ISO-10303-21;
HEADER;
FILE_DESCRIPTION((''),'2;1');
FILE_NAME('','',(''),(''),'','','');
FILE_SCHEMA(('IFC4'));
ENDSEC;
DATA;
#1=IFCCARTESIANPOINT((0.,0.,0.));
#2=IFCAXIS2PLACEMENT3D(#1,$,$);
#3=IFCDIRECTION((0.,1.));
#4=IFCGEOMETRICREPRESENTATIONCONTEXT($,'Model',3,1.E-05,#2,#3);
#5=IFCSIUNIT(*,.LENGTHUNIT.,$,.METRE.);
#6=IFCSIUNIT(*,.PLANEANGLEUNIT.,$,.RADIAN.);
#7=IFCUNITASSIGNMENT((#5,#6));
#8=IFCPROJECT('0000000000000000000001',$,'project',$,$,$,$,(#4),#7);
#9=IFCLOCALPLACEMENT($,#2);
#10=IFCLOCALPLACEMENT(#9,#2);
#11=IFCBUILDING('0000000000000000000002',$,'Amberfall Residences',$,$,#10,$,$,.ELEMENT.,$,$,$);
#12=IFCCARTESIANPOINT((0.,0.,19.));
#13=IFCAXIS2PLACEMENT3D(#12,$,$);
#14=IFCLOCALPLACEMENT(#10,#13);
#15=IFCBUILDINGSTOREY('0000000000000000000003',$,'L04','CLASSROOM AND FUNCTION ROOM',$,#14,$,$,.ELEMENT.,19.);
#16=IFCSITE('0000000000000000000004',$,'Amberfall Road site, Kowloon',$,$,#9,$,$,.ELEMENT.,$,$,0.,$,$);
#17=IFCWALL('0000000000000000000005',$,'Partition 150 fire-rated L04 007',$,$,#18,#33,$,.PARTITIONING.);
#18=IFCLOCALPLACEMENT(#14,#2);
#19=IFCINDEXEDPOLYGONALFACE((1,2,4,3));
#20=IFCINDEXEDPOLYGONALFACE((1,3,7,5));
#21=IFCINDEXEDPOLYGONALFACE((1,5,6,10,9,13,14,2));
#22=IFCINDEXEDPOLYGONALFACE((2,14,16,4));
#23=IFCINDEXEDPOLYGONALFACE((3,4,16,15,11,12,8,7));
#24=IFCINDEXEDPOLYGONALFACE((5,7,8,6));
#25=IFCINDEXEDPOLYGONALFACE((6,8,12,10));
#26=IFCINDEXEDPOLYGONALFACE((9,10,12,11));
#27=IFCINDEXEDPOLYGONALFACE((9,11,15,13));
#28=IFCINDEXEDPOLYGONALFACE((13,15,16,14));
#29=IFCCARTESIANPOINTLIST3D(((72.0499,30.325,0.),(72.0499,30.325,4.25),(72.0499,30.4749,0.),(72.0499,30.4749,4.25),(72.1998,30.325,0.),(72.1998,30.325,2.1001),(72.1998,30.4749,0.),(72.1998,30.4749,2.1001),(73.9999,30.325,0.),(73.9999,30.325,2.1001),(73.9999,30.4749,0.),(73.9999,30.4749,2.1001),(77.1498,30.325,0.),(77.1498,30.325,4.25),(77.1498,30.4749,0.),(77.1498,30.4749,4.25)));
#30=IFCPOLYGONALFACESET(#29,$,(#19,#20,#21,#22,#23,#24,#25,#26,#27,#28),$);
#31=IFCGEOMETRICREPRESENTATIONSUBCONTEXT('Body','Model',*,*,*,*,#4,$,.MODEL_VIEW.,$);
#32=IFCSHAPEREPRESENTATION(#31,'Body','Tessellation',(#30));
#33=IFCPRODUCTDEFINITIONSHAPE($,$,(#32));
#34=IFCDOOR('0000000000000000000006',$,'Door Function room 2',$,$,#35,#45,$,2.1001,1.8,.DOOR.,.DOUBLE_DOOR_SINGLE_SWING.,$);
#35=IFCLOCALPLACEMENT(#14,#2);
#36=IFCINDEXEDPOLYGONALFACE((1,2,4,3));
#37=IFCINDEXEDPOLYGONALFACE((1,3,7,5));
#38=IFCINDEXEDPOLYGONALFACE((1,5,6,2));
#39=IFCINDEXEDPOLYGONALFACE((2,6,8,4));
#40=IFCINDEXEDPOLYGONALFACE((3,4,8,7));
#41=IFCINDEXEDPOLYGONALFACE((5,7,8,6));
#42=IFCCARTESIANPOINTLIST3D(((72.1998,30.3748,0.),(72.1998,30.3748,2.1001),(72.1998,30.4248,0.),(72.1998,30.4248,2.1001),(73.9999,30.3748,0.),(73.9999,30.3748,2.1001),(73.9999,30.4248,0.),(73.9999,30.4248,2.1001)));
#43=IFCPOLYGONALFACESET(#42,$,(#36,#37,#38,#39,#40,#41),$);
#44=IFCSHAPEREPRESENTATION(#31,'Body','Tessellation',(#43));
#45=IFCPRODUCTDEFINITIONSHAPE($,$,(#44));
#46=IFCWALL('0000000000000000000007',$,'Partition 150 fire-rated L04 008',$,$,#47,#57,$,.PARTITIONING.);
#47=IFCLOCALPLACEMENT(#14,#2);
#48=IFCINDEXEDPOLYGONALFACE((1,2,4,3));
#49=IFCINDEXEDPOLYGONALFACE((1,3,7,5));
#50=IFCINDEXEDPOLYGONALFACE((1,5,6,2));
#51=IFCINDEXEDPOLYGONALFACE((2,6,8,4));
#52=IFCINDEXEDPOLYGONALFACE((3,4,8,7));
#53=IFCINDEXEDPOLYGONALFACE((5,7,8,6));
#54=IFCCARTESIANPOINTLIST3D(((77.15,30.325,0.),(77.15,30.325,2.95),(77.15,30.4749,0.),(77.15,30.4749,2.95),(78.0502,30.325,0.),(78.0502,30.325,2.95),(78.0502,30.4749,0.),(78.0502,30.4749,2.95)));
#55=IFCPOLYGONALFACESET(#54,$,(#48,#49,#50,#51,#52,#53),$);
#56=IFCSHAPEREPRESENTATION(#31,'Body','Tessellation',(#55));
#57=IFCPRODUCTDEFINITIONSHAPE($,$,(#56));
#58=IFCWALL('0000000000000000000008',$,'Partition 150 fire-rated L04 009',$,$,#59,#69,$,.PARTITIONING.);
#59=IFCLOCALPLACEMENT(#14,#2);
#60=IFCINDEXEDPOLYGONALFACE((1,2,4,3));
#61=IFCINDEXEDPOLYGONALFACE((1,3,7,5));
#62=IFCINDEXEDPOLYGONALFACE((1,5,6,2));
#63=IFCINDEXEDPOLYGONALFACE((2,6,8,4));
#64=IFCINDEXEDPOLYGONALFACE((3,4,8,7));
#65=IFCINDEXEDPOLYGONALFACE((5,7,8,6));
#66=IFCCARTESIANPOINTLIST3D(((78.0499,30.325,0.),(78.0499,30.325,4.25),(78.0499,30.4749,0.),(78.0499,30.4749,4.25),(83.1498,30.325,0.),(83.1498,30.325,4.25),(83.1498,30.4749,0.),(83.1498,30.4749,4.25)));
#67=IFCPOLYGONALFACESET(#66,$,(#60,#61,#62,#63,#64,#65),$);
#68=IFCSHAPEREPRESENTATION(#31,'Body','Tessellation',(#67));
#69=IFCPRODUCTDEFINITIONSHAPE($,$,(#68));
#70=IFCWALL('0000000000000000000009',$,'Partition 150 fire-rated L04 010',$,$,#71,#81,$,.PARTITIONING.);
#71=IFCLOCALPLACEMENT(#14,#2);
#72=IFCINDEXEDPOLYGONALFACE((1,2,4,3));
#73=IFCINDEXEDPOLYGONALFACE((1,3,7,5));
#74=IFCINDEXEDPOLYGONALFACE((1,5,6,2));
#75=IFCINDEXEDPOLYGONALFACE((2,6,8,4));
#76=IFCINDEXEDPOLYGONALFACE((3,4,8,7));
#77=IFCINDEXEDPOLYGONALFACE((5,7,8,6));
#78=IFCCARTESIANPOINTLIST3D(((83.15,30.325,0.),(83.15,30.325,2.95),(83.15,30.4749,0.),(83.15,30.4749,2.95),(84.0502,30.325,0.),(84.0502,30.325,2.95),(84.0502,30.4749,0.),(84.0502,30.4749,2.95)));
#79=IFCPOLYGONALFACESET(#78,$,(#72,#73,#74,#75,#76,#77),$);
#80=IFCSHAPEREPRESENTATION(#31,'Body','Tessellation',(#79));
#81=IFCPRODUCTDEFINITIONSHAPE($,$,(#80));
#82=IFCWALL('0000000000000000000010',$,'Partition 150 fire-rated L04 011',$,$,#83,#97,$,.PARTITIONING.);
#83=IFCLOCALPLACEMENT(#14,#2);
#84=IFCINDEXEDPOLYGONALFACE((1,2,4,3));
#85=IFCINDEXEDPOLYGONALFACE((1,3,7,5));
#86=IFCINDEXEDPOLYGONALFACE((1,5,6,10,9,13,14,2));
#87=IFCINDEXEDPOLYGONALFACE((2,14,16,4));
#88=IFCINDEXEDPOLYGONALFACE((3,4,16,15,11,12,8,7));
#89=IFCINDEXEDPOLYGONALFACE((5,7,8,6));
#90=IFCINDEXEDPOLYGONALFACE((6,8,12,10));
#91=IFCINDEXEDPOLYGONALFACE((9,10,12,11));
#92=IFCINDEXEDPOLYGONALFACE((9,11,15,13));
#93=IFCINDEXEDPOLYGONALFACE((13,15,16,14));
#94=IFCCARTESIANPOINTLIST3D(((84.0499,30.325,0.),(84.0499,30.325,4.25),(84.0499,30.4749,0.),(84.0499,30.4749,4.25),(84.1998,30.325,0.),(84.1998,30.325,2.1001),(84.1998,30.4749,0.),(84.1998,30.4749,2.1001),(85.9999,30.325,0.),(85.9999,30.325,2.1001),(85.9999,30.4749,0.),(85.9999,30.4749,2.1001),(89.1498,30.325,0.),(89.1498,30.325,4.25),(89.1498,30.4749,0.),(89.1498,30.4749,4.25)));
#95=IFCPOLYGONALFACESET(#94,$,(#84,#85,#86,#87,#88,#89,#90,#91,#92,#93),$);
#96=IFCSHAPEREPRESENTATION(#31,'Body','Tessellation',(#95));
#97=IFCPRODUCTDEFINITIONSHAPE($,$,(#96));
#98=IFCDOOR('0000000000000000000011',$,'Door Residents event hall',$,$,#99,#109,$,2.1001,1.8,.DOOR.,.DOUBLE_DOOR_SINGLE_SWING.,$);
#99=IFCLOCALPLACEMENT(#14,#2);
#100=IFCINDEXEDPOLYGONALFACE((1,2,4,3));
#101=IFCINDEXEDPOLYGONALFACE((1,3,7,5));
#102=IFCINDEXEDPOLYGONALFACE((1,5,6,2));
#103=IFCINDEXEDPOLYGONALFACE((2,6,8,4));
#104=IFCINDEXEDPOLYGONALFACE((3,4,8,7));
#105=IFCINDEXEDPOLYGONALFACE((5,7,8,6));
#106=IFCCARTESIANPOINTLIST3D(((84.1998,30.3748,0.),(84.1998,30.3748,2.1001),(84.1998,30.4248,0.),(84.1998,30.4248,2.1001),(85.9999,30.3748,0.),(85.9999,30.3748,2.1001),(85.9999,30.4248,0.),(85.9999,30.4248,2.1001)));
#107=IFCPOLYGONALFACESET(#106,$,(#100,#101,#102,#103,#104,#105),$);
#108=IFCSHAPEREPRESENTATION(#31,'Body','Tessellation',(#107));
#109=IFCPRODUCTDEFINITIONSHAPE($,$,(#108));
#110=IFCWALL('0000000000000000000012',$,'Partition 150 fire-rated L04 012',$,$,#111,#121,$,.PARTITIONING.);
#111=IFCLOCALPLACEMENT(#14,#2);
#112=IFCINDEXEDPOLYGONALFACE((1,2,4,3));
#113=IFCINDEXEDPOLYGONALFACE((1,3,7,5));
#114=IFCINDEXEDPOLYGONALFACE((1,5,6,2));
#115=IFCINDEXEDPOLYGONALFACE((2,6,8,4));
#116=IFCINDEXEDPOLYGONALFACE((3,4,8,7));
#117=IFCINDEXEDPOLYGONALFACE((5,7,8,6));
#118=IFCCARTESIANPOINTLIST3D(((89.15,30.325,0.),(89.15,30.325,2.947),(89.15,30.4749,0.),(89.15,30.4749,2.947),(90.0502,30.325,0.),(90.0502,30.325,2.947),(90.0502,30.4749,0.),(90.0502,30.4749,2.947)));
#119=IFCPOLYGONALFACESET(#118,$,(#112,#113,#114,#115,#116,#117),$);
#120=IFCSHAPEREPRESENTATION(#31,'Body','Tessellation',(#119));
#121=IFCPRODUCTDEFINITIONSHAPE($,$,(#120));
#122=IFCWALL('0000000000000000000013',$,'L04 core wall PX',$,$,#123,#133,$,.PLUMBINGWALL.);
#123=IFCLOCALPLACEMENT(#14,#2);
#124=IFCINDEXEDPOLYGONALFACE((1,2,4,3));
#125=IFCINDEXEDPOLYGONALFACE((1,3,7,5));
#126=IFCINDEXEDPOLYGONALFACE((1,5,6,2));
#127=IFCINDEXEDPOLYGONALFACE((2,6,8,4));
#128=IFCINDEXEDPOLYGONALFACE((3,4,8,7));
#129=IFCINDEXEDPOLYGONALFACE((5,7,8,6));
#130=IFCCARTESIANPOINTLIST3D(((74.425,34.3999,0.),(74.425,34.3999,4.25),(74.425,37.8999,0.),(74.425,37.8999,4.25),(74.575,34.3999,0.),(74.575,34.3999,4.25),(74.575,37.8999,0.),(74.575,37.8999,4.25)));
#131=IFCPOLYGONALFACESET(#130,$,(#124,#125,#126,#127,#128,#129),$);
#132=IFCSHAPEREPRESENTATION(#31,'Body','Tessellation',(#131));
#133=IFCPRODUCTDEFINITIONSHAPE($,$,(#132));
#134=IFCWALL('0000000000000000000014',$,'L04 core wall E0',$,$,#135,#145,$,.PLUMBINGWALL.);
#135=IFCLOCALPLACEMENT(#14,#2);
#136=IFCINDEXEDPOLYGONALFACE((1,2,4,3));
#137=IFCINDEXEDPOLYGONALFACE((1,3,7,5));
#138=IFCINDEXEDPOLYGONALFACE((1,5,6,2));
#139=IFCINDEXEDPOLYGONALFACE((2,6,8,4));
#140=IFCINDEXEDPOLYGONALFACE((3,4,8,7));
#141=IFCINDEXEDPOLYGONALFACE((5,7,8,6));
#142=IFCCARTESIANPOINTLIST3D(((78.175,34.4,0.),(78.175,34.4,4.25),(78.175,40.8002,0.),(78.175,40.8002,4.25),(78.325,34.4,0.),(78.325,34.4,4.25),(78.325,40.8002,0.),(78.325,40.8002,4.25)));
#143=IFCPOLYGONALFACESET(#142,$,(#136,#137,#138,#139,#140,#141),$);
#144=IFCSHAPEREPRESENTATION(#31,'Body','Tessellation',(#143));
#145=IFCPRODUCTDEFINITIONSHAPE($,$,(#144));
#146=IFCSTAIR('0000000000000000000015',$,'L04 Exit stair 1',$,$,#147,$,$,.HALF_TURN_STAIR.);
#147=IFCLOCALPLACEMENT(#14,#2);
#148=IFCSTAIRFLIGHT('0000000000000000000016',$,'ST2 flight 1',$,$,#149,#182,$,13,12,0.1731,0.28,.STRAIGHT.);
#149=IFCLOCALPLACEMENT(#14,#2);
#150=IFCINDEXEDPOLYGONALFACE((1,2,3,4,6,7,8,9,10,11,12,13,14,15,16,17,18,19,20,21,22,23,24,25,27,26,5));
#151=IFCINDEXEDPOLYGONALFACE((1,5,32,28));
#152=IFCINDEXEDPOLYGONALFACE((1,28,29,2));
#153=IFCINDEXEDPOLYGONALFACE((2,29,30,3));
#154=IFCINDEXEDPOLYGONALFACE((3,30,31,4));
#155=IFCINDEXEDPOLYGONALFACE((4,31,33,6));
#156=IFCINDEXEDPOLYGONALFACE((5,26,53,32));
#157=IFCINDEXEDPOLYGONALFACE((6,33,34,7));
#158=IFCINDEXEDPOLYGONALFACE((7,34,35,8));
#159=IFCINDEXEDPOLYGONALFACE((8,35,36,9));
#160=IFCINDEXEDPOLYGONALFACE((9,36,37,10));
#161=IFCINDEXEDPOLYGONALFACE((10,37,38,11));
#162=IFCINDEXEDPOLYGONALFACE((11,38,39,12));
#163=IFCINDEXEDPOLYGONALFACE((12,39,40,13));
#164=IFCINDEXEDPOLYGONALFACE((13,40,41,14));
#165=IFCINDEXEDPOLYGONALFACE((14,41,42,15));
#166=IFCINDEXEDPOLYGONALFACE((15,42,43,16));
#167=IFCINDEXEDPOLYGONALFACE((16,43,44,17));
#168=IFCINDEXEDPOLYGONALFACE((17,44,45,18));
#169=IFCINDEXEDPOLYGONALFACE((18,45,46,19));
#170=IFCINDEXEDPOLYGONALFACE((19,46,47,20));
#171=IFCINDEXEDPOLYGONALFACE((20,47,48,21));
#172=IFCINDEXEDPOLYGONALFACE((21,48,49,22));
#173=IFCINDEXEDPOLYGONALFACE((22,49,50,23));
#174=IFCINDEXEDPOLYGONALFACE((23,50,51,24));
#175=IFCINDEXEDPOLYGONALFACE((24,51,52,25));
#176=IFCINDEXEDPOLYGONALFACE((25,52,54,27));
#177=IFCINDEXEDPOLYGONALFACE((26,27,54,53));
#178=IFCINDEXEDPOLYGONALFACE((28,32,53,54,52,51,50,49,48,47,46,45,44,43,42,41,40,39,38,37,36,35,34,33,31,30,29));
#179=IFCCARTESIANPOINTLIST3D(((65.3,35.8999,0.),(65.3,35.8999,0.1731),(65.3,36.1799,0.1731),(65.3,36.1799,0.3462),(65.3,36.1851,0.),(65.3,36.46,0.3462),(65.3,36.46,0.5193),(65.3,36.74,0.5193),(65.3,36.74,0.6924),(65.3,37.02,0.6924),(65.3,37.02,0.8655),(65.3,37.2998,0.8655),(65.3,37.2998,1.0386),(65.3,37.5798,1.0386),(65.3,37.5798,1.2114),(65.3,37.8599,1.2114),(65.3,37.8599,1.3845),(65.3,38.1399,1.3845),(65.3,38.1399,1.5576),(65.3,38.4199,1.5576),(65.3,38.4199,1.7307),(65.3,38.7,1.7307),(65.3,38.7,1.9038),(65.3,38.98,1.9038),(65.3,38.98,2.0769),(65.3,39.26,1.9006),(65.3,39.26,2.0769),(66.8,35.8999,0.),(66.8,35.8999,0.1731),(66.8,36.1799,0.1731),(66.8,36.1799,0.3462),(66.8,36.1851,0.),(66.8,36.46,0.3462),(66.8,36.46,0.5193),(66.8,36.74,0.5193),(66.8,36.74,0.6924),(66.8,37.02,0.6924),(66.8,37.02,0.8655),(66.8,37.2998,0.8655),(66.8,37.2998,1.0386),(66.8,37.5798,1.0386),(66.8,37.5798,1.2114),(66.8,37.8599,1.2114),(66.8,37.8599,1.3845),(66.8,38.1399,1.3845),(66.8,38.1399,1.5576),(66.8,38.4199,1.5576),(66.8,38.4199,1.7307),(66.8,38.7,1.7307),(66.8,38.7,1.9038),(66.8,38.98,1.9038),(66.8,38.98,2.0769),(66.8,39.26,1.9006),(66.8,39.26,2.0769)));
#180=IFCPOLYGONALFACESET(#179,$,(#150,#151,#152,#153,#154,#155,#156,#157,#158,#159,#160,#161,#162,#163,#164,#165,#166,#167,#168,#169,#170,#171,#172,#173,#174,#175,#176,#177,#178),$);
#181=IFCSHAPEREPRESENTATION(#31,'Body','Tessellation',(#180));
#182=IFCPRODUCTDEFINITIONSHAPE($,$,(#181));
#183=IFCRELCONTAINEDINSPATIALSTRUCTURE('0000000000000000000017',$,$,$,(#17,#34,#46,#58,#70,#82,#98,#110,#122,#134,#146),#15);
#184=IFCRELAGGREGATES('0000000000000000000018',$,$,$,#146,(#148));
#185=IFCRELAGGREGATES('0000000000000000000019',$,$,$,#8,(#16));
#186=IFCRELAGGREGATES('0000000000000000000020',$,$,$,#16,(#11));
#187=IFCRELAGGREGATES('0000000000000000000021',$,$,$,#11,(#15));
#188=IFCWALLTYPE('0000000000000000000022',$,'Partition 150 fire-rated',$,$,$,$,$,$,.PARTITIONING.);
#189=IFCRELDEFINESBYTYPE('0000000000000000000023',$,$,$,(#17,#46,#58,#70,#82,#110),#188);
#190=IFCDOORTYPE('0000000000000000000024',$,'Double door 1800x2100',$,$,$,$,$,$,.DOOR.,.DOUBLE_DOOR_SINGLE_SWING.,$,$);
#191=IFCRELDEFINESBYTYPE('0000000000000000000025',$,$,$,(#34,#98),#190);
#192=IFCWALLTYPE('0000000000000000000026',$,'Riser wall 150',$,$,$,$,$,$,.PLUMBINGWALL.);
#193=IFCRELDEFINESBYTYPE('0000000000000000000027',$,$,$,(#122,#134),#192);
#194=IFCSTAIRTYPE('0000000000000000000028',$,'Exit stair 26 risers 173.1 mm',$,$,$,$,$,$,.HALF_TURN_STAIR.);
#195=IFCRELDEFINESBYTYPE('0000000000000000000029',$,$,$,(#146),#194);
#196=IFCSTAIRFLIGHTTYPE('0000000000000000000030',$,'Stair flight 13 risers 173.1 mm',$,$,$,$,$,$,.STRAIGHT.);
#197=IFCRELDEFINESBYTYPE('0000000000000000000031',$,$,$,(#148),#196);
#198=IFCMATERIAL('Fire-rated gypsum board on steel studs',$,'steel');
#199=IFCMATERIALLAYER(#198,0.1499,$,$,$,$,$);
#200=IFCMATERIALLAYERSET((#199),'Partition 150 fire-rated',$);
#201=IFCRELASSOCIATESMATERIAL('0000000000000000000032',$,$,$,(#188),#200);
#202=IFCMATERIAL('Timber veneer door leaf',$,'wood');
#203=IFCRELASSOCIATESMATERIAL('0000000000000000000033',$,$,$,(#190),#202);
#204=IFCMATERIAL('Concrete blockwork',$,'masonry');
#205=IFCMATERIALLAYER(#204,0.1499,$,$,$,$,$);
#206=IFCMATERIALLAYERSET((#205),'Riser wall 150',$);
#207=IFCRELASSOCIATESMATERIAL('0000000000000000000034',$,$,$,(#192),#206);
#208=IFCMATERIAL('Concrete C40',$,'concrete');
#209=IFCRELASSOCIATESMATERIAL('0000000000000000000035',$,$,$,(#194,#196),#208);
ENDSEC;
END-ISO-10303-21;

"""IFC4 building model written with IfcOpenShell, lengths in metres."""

from ifc_helpers import new_model, si_unit, direction, frame, frame_2d, origin, place, context, subcontext, project, spatial, polyline, rectangle, outline, extrude, material, layer, layer_set, type_object, element, fill, aggregate, save


model = new_model("IFC4")

# Units and contexts
model_context = context("Model", 3, precision=1e-05, world=origin(), true_north=direction((0.0, 1.0)))
body_context = subcontext(model_context, "Body", "Model", "MODEL_VIEW")
ifc_project = project(units=[si_unit("LENGTHUNIT", "METRE"), si_unit("PLANEANGLEUNIT", "RADIAN")], contexts=[model_context])

# Site, building, storey
site_placement = place(None, origin())
site = spatial("IfcSite", under=ifc_project, at=site_placement, Name="Amberfall Road site, Kowloon", CompositionType="ELEMENT", RefElevation=0.0)
building_placement = place(site_placement, origin())
building = spatial("IfcBuilding", under=site, at=building_placement, Name="Amberfall Residences", CompositionType="ELEMENT")
storey_placement = place(building_placement, frame((0.0, 0.0, 19.0)))
storey = spatial("IfcBuildingStorey", under=building, at=storey_placement, Name="L04", Description="CLASSROOM AND FUNCTION ROOM", CompositionType="ELEMENT", Elevation=19.0)

# Shared definitions
ifc_material_1 = material(Name="Fire-rated gypsum board on steel studs", Category="steel")
ifc_layer_1 = layer(ifc_material_1, 0.1499)
ifc_layer_set_1 = layer_set([ifc_layer_1], Name="Partition 150 fire-rated")
wall_type_1 = type_object("IfcWallType", Name="Partition 150 fire-rated", PredefinedType="PARTITIONING", material=ifc_layer_set_1)

# Wall, opening, door
wall_1_placement = place(storey_placement, frame((72.05, 30.3999, 0.0), z_axis=(0.0, 0.0, 1.0), x_axis=(1.0, 0.0, 0.0)))
wall_1 = element("IfcWall", 1, at=wall_1_placement, inside=storey, type_object=wall_type_1, Name="Partition 150 fire-rated L04 007", PredefinedType="PARTITIONING", context=body_context, shape_type="SweptSolid", body=[
    extrude(rectangle(XDim=5.0999, YDim=0.1499, at=frame_2d((2.5498, 0.0))), origin(), (0.0, 0.0, 1.0), 4.25),
])
opening_1_placement = place(wall_1_placement, frame((0.1499, 0.0, 0.0)))
opening_1 = element("IfcOpeningElement", 2, at=opening_1_placement, cuts=wall_1, PredefinedType="OPENING", context=body_context, shape_type="SweptSolid", body=[
    extrude(rectangle(XDim=1.8, YDim=2.1001, at=frame_2d((0.8999, 1.05))), frame((0.0, 0.085, 0.0), z_axis=(0.0, -1.0, 0.0), x_axis=(1.0, 0.0, 0.0)), (0.0, 0.0, 1.0), 0.1699),
])
ifc_material_2 = material(Name="Timber veneer door leaf", Category="wood")
door_type_1 = type_object("IfcDoorType", Name="Double door 1800x2100", OperationType="DOUBLE_DOOR_SINGLE_SWING", PredefinedType="DOOR", material=ifc_material_2)
door_1_placement = place(opening_1_placement, origin())
door_1 = element("IfcDoor", 3, at=door_1_placement, inside=storey, type_object=door_type_1, Name="Door Function room 2", OperationType="DOUBLE_DOOR_SINGLE_SWING", OverallHeight=2.1001, OverallWidth=1.8, PredefinedType="DOOR", context=body_context, shape_type="SweptSolid", body=[
    extrude(rectangle(XDim=1.8, YDim=2.1001, at=frame_2d((0.8999, 1.05))), frame((0.0, 0.0249, 0.0), z_axis=(0.0, -1.0, 0.0), x_axis=(1.0, 0.0, 0.0)), (0.0, 0.0, 1.0), 0.05),
])
fill(opening_1, door_1)

# Walls
wall_2_placement = place(storey_placement, frame((77.1499, 30.3999, 0.0), z_axis=(0.0, 0.0, 1.0), x_axis=(1.0, 0.0, 0.0)))
element("IfcWall", 4, at=wall_2_placement, inside=storey, type_object=wall_type_1, Name="Partition 150 fire-rated L04 008", PredefinedType="PARTITIONING", context=body_context, shape_type="SweptSolid", body=[
    extrude(rectangle(XDim=0.9001, YDim=0.1499, at=frame_2d((0.4502, 0.0))), origin(), (0.0, 0.0, 1.0), 2.95),
])
wall_3_placement = place(storey_placement, frame((78.05, 30.3999, 0.0), z_axis=(0.0, 0.0, 1.0), x_axis=(1.0, 0.0, 0.0)))
element("IfcWall", 5, at=wall_3_placement, inside=storey, type_object=wall_type_1, Name="Partition 150 fire-rated L04 009", PredefinedType="PARTITIONING", context=body_context, shape_type="SweptSolid", body=[
    extrude(rectangle(XDim=5.0999, YDim=0.1499, at=frame_2d((2.5498, 0.0))), origin(), (0.0, 0.0, 1.0), 4.25),
])
wall_4_placement = place(storey_placement, frame((83.1499, 30.3999, 0.0), z_axis=(0.0, 0.0, 1.0), x_axis=(1.0, 0.0, 0.0)))
element("IfcWall", 6, at=wall_4_placement, inside=storey, type_object=wall_type_1, Name="Partition 150 fire-rated L04 010", PredefinedType="PARTITIONING", context=body_context, shape_type="SweptSolid", body=[
    extrude(rectangle(XDim=0.9001, YDim=0.1499, at=frame_2d((0.4502, 0.0))), origin(), (0.0, 0.0, 1.0), 2.95),
])

# Wall, opening, door
wall_5_placement = place(storey_placement, frame((84.05, 30.3999, 0.0), z_axis=(0.0, 0.0, 1.0), x_axis=(1.0, 0.0, 0.0)))
wall_5 = element("IfcWall", 7, at=wall_5_placement, inside=storey, type_object=wall_type_1, Name="Partition 150 fire-rated L04 011", PredefinedType="PARTITIONING", context=body_context, shape_type="SweptSolid", body=[
    extrude(rectangle(XDim=5.0999, YDim=0.1499, at=frame_2d((2.5498, 0.0))), origin(), (0.0, 0.0, 1.0), 4.25),
])
opening_2_placement = place(wall_5_placement, frame((0.1499, 0.0, 0.0)))
opening_2 = element("IfcOpeningElement", 8, at=opening_2_placement, cuts=wall_5, PredefinedType="OPENING", context=body_context, shape_type="SweptSolid", body=[
    extrude(rectangle(XDim=1.8, YDim=2.1001, at=frame_2d((0.8999, 1.05))), frame((0.0, 0.085, 0.0), z_axis=(0.0, -1.0, 0.0), x_axis=(1.0, 0.0, 0.0)), (0.0, 0.0, 1.0), 0.1699),
])
door_2_placement = place(opening_2_placement, origin())
door_2 = element("IfcDoor", 9, at=door_2_placement, inside=storey, type_object=door_type_1, Name="Door Residents event hall", OperationType="DOUBLE_DOOR_SINGLE_SWING", OverallHeight=2.1001, OverallWidth=1.8, PredefinedType="DOOR", context=body_context, shape_type="SweptSolid", body=[
    extrude(rectangle(XDim=1.8, YDim=2.1001, at=frame_2d((0.8999, 1.05))), frame((0.0, 0.0249, 0.0), z_axis=(0.0, -1.0, 0.0), x_axis=(1.0, 0.0, 0.0)), (0.0, 0.0, 1.0), 0.05),
])
fill(opening_2, door_2)

# Walls
wall_6_placement = place(storey_placement, frame((89.1499, 30.3999, 0.0), z_axis=(0.0, 0.0, 1.0), x_axis=(1.0, 0.0, 0.0)))
element("IfcWall", 10, at=wall_6_placement, inside=storey, type_object=wall_type_1, Name="Partition 150 fire-rated L04 012", PredefinedType="PARTITIONING", context=body_context, shape_type="SweptSolid", body=[
    extrude(rectangle(XDim=0.9001, YDim=0.1499, at=frame_2d((0.4502, 0.0))), origin(), (0.0, 0.0, 1.0), 2.947),
])
ifc_material_3 = material(Name="Concrete blockwork", Category="masonry")
ifc_layer_2 = layer(ifc_material_3, 0.1499)
ifc_layer_set_2 = layer_set([ifc_layer_2], Name="Riser wall 150")
wall_type_2 = type_object("IfcWallType", Name="Riser wall 150", PredefinedType="PLUMBINGWALL", material=ifc_layer_set_2)
wall_7_placement = place(storey_placement, frame((74.5, 34.3999, 0.0), z_axis=(0.0, 0.0, 1.0), x_axis=(0.0, 1.0, 0.0)))
element("IfcWall", 11, at=wall_7_placement, inside=storey, type_object=wall_type_2, Name="L04 core wall PX", PredefinedType="PLUMBINGWALL", context=body_context, shape_type="SweptSolid", body=[
    extrude(rectangle(XDim=3.5, YDim=0.1499, at=frame_2d((1.75, 0.0))), origin(), (0.0, 0.0, 1.0), 4.25),
])
wall_8_placement = place(storey_placement, frame((78.25, 34.3999, 0.0), z_axis=(0.0, 0.0, 1.0), x_axis=(0.0, 1.0, 0.0)))
element("IfcWall", 12, at=wall_8_placement, inside=storey, type_object=wall_type_2, Name="L04 core wall E0", PredefinedType="PLUMBINGWALL", context=body_context, shape_type="SweptSolid", body=[
    extrude(rectangle(XDim=6.4001, YDim=0.1499, at=frame_2d((3.2002, 0.0))), origin(), (0.0, 0.0, 1.0), 4.25),
])

# Stair, stair flight
ifc_material_4 = material(Name="Concrete C40", Category="concrete")
stair_type = type_object("IfcStairType", Name="Exit stair 26 risers 173.1 mm", PredefinedType="HALF_TURN_STAIR", material=ifc_material_4)
stair_1_placement = place(storey_placement, origin())
stair_1 = element("IfcStair", 13, at=stair_1_placement, inside=storey, type_object=stair_type, Name="L04 Exit stair 1", PredefinedType="HALF_TURN_STAIR")
stair_flight_type = type_object("IfcStairFlightType", Name="Stair flight 13 risers 173.1 mm", PredefinedType="STRAIGHT", material=ifc_material_4)
stair_flight_1_placement = place(storey_placement, frame((66.05, 35.8999, 0.0), z_axis=(0.0, 0.0, 1.0), x_axis=(0.0, 1.0, 0.0)))
stair_flight_1 = element("IfcStairFlight", 14, at=stair_flight_1_placement, type_object=stair_flight_type, Name="ST2 flight 1", NumberOfRisers=13, NumberOfTreads=12, PredefinedType="STRAIGHT", RiserHeight=0.1731, TreadLength=0.28, context=body_context, shape_type="SweptSolid", body=[
    extrude(outline(polyline([(0.0, 0.0), (0.0, 0.1731), (0.28, 0.1731), (0.28, 0.3462), (0.5601, 0.3462), (0.5601, 0.5193), (0.8401, 0.5193), (0.8401, 0.6924), (1.1201, 0.6924), (1.1201, 0.8655), (1.3999, 0.8655), (1.3999, 1.0386), (1.6799, 1.0386), (1.6799, 1.2114), (1.96, 1.2114), (1.96, 1.3845), (2.24, 1.3845), (2.24, 1.5576), (2.52, 1.5576), (2.52, 1.7307), (2.8, 1.7307), (2.8, 1.9038), (3.0801, 1.9038), (3.0801, 2.0769), (3.3601, 2.0769), (3.3601, 2.25), (3.3601, 1.9006), (0.2852, 0.0), (0.0, 0.0)])), frame((0.0, 0.75, 0.0), z_axis=(0.0, -1.0, 0.0), x_axis=(1.0, 0.0, 0.0)), (0.0, 0.0, 1.0), 1.5),
])
aggregate(stair_1, [stair_flight_1])

save(model, "model.ifc")
